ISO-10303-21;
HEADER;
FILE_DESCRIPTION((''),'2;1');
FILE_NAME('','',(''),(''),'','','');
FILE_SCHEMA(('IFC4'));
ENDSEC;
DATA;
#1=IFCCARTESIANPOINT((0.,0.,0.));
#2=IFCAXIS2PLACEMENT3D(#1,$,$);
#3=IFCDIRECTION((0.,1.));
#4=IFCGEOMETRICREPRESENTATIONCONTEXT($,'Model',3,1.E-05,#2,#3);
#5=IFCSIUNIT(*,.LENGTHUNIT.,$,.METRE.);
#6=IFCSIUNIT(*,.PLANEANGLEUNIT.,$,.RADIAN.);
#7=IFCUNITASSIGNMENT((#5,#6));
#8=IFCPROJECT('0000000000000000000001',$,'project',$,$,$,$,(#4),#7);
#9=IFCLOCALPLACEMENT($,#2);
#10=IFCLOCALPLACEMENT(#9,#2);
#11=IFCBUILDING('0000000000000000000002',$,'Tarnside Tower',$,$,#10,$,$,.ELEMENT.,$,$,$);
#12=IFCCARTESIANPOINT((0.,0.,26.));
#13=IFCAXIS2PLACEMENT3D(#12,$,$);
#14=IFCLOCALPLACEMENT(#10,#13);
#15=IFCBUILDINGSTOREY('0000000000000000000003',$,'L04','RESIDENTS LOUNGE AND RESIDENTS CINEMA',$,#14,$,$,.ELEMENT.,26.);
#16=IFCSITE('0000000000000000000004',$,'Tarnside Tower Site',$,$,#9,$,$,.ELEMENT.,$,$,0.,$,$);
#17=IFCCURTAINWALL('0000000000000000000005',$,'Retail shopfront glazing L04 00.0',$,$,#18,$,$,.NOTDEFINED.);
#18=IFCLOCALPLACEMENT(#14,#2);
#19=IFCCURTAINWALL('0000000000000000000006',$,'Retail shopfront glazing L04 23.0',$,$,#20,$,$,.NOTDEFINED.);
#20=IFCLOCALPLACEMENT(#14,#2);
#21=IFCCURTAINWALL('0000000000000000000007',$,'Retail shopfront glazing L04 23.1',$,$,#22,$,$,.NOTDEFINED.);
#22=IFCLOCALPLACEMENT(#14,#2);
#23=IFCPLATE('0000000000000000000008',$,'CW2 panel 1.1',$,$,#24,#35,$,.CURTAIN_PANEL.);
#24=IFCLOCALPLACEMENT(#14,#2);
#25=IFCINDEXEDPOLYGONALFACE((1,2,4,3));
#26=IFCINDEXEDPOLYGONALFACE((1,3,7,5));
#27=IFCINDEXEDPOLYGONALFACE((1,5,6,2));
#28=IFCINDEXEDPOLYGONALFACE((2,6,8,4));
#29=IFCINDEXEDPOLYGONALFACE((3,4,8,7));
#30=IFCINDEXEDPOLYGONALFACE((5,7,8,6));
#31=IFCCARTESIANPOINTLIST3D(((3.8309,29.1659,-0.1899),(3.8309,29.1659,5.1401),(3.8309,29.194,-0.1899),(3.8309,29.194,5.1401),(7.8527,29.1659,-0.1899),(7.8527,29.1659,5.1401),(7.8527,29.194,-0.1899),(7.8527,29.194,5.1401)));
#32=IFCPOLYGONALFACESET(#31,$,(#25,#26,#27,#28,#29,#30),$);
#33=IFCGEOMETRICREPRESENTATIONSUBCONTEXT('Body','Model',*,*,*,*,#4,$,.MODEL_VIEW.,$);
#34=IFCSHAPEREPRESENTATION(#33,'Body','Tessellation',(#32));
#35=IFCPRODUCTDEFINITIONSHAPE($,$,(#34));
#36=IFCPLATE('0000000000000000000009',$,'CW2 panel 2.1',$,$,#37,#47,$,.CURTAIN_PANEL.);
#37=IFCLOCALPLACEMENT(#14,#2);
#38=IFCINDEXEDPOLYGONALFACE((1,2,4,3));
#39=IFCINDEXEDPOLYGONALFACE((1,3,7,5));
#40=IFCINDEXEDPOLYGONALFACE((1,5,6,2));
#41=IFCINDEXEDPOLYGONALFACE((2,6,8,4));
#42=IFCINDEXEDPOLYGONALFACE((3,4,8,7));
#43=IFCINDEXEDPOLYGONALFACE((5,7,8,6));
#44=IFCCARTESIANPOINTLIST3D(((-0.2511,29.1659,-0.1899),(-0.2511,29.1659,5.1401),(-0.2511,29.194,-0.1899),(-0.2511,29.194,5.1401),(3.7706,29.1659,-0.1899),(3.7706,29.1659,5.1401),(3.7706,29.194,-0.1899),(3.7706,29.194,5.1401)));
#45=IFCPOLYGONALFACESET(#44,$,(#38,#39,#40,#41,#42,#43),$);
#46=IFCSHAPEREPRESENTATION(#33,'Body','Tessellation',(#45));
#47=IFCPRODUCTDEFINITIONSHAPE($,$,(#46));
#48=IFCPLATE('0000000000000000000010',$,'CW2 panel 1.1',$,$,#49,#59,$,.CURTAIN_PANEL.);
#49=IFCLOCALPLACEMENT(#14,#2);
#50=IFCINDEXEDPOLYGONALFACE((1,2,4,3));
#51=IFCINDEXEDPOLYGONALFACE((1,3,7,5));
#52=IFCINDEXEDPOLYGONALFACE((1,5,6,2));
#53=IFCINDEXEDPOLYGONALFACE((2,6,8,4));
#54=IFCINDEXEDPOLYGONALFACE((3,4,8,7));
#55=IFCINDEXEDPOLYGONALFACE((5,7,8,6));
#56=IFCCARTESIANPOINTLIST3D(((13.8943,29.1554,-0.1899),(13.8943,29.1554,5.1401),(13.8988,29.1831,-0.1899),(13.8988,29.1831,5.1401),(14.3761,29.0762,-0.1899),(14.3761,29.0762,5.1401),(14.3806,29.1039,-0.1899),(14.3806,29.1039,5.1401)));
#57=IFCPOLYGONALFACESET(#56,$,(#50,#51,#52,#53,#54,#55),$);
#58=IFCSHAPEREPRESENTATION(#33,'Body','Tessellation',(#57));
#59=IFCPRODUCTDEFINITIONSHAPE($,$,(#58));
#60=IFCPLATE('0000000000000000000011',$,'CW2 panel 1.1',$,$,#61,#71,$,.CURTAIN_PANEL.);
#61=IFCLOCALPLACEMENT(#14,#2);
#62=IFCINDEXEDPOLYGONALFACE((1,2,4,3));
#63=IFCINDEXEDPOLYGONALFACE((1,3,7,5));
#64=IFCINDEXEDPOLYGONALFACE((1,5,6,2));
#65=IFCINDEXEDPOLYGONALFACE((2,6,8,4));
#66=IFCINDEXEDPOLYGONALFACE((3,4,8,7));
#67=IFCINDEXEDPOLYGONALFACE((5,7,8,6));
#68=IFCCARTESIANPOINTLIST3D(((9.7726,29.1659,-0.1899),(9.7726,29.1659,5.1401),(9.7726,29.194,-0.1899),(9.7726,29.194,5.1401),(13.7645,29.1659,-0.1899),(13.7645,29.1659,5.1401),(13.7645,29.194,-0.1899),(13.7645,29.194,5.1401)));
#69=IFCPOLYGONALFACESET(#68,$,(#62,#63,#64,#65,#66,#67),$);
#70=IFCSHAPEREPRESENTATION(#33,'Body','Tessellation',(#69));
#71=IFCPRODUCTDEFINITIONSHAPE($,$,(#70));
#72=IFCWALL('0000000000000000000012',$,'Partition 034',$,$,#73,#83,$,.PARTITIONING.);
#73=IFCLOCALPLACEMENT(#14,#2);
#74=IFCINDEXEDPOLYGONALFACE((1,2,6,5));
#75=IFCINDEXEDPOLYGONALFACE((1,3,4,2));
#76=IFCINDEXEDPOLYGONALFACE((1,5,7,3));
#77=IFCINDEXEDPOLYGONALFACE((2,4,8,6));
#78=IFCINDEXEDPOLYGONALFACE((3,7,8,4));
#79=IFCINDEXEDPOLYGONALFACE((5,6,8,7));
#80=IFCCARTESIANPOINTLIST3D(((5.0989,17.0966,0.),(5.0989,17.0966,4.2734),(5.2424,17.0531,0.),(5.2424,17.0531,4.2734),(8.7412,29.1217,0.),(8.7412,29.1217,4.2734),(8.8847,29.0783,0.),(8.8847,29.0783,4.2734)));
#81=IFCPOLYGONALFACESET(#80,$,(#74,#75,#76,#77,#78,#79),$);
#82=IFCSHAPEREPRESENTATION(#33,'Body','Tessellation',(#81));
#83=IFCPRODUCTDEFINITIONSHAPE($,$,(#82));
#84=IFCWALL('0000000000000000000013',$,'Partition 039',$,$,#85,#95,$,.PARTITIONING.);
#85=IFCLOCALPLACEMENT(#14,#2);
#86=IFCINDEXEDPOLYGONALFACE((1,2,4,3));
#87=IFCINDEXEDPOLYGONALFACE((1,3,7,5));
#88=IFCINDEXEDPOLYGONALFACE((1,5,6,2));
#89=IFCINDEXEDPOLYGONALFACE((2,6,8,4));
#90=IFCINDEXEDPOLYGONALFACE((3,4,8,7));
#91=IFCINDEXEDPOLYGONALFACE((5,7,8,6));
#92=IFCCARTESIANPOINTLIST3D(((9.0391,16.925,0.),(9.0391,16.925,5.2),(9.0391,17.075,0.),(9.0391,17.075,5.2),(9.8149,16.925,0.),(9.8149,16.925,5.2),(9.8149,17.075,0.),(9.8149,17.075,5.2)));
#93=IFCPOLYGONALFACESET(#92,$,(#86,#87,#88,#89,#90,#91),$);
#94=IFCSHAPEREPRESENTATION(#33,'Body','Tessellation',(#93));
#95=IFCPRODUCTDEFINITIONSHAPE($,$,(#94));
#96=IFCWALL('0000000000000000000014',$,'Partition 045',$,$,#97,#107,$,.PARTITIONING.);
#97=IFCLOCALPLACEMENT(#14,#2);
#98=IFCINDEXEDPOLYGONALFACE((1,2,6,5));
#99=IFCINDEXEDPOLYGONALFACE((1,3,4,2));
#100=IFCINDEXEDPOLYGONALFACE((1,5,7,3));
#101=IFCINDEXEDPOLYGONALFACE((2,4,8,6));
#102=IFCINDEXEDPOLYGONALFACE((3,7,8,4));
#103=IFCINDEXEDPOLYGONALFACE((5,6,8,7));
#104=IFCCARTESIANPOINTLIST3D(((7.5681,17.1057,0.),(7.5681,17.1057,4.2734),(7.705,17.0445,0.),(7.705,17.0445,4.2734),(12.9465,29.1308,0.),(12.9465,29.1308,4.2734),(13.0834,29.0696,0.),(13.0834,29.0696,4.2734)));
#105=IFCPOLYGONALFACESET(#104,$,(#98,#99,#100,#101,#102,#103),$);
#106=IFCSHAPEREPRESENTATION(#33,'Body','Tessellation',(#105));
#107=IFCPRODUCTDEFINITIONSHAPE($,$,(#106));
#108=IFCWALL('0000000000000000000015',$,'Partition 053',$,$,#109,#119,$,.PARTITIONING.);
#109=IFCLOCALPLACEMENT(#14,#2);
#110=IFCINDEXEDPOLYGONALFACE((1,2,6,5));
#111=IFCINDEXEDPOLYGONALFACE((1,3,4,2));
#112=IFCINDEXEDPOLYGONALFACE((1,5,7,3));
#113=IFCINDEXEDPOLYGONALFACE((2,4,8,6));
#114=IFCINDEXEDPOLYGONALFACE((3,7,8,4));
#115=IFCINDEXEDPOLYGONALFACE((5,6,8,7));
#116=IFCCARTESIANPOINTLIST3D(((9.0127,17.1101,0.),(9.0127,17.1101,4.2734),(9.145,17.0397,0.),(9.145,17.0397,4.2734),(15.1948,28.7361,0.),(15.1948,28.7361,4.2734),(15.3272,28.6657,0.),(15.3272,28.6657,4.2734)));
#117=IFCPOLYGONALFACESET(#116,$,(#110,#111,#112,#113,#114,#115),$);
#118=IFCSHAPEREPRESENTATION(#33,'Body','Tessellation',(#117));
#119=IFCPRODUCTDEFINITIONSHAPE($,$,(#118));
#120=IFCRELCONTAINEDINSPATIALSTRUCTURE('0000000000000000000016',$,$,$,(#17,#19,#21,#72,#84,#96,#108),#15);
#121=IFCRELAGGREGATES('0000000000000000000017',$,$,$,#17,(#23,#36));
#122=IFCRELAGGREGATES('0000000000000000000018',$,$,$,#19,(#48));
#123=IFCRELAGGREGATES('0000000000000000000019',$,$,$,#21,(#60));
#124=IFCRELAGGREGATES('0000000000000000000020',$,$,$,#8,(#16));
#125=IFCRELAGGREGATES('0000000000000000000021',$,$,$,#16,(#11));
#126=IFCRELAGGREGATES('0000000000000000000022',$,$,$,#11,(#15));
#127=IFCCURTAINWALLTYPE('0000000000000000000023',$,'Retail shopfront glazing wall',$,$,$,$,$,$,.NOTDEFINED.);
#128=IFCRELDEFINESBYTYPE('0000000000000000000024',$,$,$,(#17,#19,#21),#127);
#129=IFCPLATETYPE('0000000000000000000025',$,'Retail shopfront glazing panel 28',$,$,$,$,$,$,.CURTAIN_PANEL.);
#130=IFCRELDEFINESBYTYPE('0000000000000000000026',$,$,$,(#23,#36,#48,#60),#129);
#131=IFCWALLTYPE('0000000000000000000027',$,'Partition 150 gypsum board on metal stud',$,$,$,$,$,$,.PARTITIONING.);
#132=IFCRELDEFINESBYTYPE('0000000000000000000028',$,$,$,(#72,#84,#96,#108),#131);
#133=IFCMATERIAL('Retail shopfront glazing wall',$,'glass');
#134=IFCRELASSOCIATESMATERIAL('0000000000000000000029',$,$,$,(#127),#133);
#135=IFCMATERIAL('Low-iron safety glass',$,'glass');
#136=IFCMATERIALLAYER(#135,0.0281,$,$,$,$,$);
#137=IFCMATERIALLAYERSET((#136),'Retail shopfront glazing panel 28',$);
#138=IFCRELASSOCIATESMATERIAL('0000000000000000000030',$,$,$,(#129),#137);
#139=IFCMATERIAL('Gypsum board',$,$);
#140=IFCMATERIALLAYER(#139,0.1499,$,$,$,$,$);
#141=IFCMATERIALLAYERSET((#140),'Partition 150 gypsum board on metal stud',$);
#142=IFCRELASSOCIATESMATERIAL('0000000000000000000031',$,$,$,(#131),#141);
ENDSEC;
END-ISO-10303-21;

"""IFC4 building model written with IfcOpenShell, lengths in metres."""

from ifc_helpers import new_model, si_unit, direction, frame, frame_2d, origin, origin_2d, place, context, subcontext, project, spatial, rectangle, extrude, material, layer, layer_set, type_object, element, aggregate, save


model = new_model("IFC4")

# Units and contexts
model_context = context("Model", 3, precision=1e-05, world=origin(), true_north=direction((0.0, 1.0)))
body_context = subcontext(model_context, "Body", "Model", "MODEL_VIEW")
ifc_project = project(units=[si_unit("LENGTHUNIT", "METRE"), si_unit("PLANEANGLEUNIT", "RADIAN")], contexts=[model_context])

# Site, building, storey
site_placement = place(None, origin())
site = spatial("IfcSite", under=ifc_project, at=site_placement, Name="Tarnside Tower Site", CompositionType="ELEMENT", RefElevation=0.0)
building_placement = place(site_placement, origin())
building = spatial("IfcBuilding", under=site, at=building_placement, Name="Tarnside Tower", CompositionType="ELEMENT")
storey_placement = place(building_placement, frame((0.0, 0.0, 26.0)))
storey = spatial("IfcBuildingStorey", under=building, at=storey_placement, Name="L04", Description="RESIDENTS LOUNGE AND RESIDENTS CINEMA", CompositionType="ELEMENT", Elevation=26.0)

# Curtain wall
ifc_material_1 = material(Name="Retail shopfront glazing wall", Category="glass")
curtain_wall_type = type_object("IfcCurtainWallType", Name="Retail shopfront glazing wall", PredefinedType="NOTDEFINED", material=ifc_material_1)
curtain_wall_1_placement = place(storey_placement, origin())
curtain_wall_1 = element("IfcCurtainWall", 1, at=curtain_wall_1_placement, inside=storey, type_object=curtain_wall_type, Name="Retail shopfront glazing L04 00.0", PredefinedType="NOTDEFINED")

# Curtain walls
curtain_wall_2_placement = place(storey_placement, origin())
curtain_wall_2 = element("IfcCurtainWall", 2, at=curtain_wall_2_placement, inside=storey, type_object=curtain_wall_type, Name="Retail shopfront glazing L04 23.0", PredefinedType="NOTDEFINED")
curtain_wall_3_placement = place(storey_placement, origin())
curtain_wall_3 = element("IfcCurtainWall", 3, at=curtain_wall_3_placement, inside=storey, type_object=curtain_wall_type, Name="Retail shopfront glazing L04 23.1", PredefinedType="NOTDEFINED")

# Plates
ifc_material_2 = material(Name="Low-iron safety glass", Category="glass")
ifc_layer_1 = layer(ifc_material_2, 0.0281)
ifc_layer_set_1 = layer_set([ifc_layer_1], Name="Retail shopfront glazing panel 28")
plate_type = type_object("IfcPlateType", Name="Retail shopfront glazing panel 28", PredefinedType="CURTAIN_PANEL", material=ifc_layer_set_1)
plate_1_placement = place(storey_placement, frame((5.8418, 29.1799, -0.1899), z_axis=(0.0, 0.0, 1.0), x_axis=(-1.0, 0.0, 0.0)))
plate_1 = element("IfcPlate", 4, at=plate_1_placement, type_object=plate_type, Name="CW2 panel 1.1", PredefinedType="CURTAIN_PANEL", context=body_context, shape_type="SweptSolid", body=[
    extrude(rectangle(XDim=4.0217, YDim=0.0281, at=origin_2d()), origin(), (0.0, 0.0, 1.0), 5.3301),
])
plate_2_placement = place(storey_placement, frame((1.7598, 29.1799, -0.1899), z_axis=(0.0, 0.0, 1.0), x_axis=(-1.0, 0.0, 0.0)))
plate_2 = element("IfcPlate", 5, at=plate_2_placement, type_object=plate_type, Name="CW2 panel 2.1", PredefinedType="CURTAIN_PANEL", context=body_context, shape_type="SweptSolid", body=[
    extrude(rectangle(XDim=4.0217, YDim=0.0281, at=origin_2d()), origin(), (0.0, 0.0, 1.0), 5.3301),
])
aggregate(curtain_wall_1, [plate_1, plate_2])
plate_3_placement = place(storey_placement, frame((14.1375, 29.1296, -0.1899), z_axis=(0.0, 0.0, 1.0), x_axis=(-0.986762, 0.162178, 0.0)))
plate_3 = element("IfcPlate", 6, at=plate_3_placement, type_object=plate_type, Name="CW2 panel 1.1", PredefinedType="CURTAIN_PANEL", context=body_context, shape_type="SweptSolid", body=[
    extrude(rectangle(XDim=0.4883, YDim=0.0281, at=origin_2d()), origin(), (0.0, 0.0, 1.0), 5.3301),
])
aggregate(curtain_wall_2, [plate_3])
plate_4_placement = place(storey_placement, frame((11.7686, 29.1799, -0.1899), z_axis=(0.0, 0.0, 1.0), x_axis=(-1.0, 0.0, 0.0)))
plate_4 = element("IfcPlate", 7, at=plate_4_placement, type_object=plate_type, Name="CW2 panel 1.1", PredefinedType="CURTAIN_PANEL", context=body_context, shape_type="SweptSolid", body=[
    extrude(rectangle(XDim=3.9919, YDim=0.0281, at=origin_2d()), origin(), (0.0, 0.0, 1.0), 5.3301),
])
aggregate(curtain_wall_3, [plate_4])

# Walls
ifc_material_3 = material(Name="Gypsum board")
ifc_layer_2 = layer(ifc_material_3, 0.1499)
ifc_layer_set_2 = layer_set([ifc_layer_2], Name="Partition 150 gypsum board on metal stud")
wall_type = type_object("IfcWallType", Name="Partition 150 gypsum board on metal stud", PredefinedType="PARTITIONING", material=ifc_layer_set_2)
wall_1_placement = place(storey_placement, frame((5.1707, 17.075, 0.0), z_axis=(0.0, 0.0, 1.0), x_axis=(0.289887, 0.957061, 0.0)))
element("IfcWall", 8, at=wall_1_placement, inside=storey, type_object=wall_type, Name="Partition 034", PredefinedType="PARTITIONING", context=body_context, shape_type="SweptSolid", body=[
    extrude(rectangle(XDim=12.5647, YDim=0.1499, at=frame_2d((6.2822, 0.0))), origin(), (0.0, 0.0, 1.0), 4.2734),
])
wall_2_placement = place(storey_placement, frame((9.8149, 17.0, 0.0), z_axis=(0.0, 0.0, 1.0), x_axis=(-1.0, 0.0, 0.0)))
element("IfcWall", 9, at=wall_2_placement, inside=storey, type_object=wall_type, Name="Partition 039", PredefinedType="PARTITIONING", context=body_context, shape_type="SweptSolid", body=[
    extrude(rectangle(XDim=0.7759, YDim=0.1499, at=frame_2d((0.3879, 0.0))), origin(), (0.0, 0.0, 1.0), 5.2),
])
wall_3_placement = place(storey_placement, frame((13.0149, 29.1001, 0.0), z_axis=(0.0, 0.0, 1.0), x_axis=(-0.408287, -0.912854, 0.0)))
element("IfcWall", 10, at=wall_3_placement, inside=storey, type_object=wall_type, Name="Partition 045", PredefinedType="PARTITIONING", context=body_context, shape_type="SweptSolid", body=[
    extrude(rectangle(XDim=13.1731, YDim=0.1499, at=frame_2d((6.5864, 0.0))), origin(), (0.0, 0.0, 1.0), 4.2734),
])
wall_4_placement = place(storey_placement, frame((15.261, 28.7009, 0.0), z_axis=(0.0, 0.0, 1.0), x_axis=(-0.4695, -0.882932, 0.0)))
element("IfcWall", 11, at=wall_4_placement, inside=storey, type_object=wall_type, Name="Partition 053", PredefinedType="PARTITIONING", context=body_context, shape_type="SweptSolid", body=[
    extrude(rectangle(XDim=13.1675, YDim=0.1499, at=frame_2d((6.5837, 0.0))), origin(), (0.0, 0.0, 1.0), 4.2734),
])

save(model, "model.ifc")
